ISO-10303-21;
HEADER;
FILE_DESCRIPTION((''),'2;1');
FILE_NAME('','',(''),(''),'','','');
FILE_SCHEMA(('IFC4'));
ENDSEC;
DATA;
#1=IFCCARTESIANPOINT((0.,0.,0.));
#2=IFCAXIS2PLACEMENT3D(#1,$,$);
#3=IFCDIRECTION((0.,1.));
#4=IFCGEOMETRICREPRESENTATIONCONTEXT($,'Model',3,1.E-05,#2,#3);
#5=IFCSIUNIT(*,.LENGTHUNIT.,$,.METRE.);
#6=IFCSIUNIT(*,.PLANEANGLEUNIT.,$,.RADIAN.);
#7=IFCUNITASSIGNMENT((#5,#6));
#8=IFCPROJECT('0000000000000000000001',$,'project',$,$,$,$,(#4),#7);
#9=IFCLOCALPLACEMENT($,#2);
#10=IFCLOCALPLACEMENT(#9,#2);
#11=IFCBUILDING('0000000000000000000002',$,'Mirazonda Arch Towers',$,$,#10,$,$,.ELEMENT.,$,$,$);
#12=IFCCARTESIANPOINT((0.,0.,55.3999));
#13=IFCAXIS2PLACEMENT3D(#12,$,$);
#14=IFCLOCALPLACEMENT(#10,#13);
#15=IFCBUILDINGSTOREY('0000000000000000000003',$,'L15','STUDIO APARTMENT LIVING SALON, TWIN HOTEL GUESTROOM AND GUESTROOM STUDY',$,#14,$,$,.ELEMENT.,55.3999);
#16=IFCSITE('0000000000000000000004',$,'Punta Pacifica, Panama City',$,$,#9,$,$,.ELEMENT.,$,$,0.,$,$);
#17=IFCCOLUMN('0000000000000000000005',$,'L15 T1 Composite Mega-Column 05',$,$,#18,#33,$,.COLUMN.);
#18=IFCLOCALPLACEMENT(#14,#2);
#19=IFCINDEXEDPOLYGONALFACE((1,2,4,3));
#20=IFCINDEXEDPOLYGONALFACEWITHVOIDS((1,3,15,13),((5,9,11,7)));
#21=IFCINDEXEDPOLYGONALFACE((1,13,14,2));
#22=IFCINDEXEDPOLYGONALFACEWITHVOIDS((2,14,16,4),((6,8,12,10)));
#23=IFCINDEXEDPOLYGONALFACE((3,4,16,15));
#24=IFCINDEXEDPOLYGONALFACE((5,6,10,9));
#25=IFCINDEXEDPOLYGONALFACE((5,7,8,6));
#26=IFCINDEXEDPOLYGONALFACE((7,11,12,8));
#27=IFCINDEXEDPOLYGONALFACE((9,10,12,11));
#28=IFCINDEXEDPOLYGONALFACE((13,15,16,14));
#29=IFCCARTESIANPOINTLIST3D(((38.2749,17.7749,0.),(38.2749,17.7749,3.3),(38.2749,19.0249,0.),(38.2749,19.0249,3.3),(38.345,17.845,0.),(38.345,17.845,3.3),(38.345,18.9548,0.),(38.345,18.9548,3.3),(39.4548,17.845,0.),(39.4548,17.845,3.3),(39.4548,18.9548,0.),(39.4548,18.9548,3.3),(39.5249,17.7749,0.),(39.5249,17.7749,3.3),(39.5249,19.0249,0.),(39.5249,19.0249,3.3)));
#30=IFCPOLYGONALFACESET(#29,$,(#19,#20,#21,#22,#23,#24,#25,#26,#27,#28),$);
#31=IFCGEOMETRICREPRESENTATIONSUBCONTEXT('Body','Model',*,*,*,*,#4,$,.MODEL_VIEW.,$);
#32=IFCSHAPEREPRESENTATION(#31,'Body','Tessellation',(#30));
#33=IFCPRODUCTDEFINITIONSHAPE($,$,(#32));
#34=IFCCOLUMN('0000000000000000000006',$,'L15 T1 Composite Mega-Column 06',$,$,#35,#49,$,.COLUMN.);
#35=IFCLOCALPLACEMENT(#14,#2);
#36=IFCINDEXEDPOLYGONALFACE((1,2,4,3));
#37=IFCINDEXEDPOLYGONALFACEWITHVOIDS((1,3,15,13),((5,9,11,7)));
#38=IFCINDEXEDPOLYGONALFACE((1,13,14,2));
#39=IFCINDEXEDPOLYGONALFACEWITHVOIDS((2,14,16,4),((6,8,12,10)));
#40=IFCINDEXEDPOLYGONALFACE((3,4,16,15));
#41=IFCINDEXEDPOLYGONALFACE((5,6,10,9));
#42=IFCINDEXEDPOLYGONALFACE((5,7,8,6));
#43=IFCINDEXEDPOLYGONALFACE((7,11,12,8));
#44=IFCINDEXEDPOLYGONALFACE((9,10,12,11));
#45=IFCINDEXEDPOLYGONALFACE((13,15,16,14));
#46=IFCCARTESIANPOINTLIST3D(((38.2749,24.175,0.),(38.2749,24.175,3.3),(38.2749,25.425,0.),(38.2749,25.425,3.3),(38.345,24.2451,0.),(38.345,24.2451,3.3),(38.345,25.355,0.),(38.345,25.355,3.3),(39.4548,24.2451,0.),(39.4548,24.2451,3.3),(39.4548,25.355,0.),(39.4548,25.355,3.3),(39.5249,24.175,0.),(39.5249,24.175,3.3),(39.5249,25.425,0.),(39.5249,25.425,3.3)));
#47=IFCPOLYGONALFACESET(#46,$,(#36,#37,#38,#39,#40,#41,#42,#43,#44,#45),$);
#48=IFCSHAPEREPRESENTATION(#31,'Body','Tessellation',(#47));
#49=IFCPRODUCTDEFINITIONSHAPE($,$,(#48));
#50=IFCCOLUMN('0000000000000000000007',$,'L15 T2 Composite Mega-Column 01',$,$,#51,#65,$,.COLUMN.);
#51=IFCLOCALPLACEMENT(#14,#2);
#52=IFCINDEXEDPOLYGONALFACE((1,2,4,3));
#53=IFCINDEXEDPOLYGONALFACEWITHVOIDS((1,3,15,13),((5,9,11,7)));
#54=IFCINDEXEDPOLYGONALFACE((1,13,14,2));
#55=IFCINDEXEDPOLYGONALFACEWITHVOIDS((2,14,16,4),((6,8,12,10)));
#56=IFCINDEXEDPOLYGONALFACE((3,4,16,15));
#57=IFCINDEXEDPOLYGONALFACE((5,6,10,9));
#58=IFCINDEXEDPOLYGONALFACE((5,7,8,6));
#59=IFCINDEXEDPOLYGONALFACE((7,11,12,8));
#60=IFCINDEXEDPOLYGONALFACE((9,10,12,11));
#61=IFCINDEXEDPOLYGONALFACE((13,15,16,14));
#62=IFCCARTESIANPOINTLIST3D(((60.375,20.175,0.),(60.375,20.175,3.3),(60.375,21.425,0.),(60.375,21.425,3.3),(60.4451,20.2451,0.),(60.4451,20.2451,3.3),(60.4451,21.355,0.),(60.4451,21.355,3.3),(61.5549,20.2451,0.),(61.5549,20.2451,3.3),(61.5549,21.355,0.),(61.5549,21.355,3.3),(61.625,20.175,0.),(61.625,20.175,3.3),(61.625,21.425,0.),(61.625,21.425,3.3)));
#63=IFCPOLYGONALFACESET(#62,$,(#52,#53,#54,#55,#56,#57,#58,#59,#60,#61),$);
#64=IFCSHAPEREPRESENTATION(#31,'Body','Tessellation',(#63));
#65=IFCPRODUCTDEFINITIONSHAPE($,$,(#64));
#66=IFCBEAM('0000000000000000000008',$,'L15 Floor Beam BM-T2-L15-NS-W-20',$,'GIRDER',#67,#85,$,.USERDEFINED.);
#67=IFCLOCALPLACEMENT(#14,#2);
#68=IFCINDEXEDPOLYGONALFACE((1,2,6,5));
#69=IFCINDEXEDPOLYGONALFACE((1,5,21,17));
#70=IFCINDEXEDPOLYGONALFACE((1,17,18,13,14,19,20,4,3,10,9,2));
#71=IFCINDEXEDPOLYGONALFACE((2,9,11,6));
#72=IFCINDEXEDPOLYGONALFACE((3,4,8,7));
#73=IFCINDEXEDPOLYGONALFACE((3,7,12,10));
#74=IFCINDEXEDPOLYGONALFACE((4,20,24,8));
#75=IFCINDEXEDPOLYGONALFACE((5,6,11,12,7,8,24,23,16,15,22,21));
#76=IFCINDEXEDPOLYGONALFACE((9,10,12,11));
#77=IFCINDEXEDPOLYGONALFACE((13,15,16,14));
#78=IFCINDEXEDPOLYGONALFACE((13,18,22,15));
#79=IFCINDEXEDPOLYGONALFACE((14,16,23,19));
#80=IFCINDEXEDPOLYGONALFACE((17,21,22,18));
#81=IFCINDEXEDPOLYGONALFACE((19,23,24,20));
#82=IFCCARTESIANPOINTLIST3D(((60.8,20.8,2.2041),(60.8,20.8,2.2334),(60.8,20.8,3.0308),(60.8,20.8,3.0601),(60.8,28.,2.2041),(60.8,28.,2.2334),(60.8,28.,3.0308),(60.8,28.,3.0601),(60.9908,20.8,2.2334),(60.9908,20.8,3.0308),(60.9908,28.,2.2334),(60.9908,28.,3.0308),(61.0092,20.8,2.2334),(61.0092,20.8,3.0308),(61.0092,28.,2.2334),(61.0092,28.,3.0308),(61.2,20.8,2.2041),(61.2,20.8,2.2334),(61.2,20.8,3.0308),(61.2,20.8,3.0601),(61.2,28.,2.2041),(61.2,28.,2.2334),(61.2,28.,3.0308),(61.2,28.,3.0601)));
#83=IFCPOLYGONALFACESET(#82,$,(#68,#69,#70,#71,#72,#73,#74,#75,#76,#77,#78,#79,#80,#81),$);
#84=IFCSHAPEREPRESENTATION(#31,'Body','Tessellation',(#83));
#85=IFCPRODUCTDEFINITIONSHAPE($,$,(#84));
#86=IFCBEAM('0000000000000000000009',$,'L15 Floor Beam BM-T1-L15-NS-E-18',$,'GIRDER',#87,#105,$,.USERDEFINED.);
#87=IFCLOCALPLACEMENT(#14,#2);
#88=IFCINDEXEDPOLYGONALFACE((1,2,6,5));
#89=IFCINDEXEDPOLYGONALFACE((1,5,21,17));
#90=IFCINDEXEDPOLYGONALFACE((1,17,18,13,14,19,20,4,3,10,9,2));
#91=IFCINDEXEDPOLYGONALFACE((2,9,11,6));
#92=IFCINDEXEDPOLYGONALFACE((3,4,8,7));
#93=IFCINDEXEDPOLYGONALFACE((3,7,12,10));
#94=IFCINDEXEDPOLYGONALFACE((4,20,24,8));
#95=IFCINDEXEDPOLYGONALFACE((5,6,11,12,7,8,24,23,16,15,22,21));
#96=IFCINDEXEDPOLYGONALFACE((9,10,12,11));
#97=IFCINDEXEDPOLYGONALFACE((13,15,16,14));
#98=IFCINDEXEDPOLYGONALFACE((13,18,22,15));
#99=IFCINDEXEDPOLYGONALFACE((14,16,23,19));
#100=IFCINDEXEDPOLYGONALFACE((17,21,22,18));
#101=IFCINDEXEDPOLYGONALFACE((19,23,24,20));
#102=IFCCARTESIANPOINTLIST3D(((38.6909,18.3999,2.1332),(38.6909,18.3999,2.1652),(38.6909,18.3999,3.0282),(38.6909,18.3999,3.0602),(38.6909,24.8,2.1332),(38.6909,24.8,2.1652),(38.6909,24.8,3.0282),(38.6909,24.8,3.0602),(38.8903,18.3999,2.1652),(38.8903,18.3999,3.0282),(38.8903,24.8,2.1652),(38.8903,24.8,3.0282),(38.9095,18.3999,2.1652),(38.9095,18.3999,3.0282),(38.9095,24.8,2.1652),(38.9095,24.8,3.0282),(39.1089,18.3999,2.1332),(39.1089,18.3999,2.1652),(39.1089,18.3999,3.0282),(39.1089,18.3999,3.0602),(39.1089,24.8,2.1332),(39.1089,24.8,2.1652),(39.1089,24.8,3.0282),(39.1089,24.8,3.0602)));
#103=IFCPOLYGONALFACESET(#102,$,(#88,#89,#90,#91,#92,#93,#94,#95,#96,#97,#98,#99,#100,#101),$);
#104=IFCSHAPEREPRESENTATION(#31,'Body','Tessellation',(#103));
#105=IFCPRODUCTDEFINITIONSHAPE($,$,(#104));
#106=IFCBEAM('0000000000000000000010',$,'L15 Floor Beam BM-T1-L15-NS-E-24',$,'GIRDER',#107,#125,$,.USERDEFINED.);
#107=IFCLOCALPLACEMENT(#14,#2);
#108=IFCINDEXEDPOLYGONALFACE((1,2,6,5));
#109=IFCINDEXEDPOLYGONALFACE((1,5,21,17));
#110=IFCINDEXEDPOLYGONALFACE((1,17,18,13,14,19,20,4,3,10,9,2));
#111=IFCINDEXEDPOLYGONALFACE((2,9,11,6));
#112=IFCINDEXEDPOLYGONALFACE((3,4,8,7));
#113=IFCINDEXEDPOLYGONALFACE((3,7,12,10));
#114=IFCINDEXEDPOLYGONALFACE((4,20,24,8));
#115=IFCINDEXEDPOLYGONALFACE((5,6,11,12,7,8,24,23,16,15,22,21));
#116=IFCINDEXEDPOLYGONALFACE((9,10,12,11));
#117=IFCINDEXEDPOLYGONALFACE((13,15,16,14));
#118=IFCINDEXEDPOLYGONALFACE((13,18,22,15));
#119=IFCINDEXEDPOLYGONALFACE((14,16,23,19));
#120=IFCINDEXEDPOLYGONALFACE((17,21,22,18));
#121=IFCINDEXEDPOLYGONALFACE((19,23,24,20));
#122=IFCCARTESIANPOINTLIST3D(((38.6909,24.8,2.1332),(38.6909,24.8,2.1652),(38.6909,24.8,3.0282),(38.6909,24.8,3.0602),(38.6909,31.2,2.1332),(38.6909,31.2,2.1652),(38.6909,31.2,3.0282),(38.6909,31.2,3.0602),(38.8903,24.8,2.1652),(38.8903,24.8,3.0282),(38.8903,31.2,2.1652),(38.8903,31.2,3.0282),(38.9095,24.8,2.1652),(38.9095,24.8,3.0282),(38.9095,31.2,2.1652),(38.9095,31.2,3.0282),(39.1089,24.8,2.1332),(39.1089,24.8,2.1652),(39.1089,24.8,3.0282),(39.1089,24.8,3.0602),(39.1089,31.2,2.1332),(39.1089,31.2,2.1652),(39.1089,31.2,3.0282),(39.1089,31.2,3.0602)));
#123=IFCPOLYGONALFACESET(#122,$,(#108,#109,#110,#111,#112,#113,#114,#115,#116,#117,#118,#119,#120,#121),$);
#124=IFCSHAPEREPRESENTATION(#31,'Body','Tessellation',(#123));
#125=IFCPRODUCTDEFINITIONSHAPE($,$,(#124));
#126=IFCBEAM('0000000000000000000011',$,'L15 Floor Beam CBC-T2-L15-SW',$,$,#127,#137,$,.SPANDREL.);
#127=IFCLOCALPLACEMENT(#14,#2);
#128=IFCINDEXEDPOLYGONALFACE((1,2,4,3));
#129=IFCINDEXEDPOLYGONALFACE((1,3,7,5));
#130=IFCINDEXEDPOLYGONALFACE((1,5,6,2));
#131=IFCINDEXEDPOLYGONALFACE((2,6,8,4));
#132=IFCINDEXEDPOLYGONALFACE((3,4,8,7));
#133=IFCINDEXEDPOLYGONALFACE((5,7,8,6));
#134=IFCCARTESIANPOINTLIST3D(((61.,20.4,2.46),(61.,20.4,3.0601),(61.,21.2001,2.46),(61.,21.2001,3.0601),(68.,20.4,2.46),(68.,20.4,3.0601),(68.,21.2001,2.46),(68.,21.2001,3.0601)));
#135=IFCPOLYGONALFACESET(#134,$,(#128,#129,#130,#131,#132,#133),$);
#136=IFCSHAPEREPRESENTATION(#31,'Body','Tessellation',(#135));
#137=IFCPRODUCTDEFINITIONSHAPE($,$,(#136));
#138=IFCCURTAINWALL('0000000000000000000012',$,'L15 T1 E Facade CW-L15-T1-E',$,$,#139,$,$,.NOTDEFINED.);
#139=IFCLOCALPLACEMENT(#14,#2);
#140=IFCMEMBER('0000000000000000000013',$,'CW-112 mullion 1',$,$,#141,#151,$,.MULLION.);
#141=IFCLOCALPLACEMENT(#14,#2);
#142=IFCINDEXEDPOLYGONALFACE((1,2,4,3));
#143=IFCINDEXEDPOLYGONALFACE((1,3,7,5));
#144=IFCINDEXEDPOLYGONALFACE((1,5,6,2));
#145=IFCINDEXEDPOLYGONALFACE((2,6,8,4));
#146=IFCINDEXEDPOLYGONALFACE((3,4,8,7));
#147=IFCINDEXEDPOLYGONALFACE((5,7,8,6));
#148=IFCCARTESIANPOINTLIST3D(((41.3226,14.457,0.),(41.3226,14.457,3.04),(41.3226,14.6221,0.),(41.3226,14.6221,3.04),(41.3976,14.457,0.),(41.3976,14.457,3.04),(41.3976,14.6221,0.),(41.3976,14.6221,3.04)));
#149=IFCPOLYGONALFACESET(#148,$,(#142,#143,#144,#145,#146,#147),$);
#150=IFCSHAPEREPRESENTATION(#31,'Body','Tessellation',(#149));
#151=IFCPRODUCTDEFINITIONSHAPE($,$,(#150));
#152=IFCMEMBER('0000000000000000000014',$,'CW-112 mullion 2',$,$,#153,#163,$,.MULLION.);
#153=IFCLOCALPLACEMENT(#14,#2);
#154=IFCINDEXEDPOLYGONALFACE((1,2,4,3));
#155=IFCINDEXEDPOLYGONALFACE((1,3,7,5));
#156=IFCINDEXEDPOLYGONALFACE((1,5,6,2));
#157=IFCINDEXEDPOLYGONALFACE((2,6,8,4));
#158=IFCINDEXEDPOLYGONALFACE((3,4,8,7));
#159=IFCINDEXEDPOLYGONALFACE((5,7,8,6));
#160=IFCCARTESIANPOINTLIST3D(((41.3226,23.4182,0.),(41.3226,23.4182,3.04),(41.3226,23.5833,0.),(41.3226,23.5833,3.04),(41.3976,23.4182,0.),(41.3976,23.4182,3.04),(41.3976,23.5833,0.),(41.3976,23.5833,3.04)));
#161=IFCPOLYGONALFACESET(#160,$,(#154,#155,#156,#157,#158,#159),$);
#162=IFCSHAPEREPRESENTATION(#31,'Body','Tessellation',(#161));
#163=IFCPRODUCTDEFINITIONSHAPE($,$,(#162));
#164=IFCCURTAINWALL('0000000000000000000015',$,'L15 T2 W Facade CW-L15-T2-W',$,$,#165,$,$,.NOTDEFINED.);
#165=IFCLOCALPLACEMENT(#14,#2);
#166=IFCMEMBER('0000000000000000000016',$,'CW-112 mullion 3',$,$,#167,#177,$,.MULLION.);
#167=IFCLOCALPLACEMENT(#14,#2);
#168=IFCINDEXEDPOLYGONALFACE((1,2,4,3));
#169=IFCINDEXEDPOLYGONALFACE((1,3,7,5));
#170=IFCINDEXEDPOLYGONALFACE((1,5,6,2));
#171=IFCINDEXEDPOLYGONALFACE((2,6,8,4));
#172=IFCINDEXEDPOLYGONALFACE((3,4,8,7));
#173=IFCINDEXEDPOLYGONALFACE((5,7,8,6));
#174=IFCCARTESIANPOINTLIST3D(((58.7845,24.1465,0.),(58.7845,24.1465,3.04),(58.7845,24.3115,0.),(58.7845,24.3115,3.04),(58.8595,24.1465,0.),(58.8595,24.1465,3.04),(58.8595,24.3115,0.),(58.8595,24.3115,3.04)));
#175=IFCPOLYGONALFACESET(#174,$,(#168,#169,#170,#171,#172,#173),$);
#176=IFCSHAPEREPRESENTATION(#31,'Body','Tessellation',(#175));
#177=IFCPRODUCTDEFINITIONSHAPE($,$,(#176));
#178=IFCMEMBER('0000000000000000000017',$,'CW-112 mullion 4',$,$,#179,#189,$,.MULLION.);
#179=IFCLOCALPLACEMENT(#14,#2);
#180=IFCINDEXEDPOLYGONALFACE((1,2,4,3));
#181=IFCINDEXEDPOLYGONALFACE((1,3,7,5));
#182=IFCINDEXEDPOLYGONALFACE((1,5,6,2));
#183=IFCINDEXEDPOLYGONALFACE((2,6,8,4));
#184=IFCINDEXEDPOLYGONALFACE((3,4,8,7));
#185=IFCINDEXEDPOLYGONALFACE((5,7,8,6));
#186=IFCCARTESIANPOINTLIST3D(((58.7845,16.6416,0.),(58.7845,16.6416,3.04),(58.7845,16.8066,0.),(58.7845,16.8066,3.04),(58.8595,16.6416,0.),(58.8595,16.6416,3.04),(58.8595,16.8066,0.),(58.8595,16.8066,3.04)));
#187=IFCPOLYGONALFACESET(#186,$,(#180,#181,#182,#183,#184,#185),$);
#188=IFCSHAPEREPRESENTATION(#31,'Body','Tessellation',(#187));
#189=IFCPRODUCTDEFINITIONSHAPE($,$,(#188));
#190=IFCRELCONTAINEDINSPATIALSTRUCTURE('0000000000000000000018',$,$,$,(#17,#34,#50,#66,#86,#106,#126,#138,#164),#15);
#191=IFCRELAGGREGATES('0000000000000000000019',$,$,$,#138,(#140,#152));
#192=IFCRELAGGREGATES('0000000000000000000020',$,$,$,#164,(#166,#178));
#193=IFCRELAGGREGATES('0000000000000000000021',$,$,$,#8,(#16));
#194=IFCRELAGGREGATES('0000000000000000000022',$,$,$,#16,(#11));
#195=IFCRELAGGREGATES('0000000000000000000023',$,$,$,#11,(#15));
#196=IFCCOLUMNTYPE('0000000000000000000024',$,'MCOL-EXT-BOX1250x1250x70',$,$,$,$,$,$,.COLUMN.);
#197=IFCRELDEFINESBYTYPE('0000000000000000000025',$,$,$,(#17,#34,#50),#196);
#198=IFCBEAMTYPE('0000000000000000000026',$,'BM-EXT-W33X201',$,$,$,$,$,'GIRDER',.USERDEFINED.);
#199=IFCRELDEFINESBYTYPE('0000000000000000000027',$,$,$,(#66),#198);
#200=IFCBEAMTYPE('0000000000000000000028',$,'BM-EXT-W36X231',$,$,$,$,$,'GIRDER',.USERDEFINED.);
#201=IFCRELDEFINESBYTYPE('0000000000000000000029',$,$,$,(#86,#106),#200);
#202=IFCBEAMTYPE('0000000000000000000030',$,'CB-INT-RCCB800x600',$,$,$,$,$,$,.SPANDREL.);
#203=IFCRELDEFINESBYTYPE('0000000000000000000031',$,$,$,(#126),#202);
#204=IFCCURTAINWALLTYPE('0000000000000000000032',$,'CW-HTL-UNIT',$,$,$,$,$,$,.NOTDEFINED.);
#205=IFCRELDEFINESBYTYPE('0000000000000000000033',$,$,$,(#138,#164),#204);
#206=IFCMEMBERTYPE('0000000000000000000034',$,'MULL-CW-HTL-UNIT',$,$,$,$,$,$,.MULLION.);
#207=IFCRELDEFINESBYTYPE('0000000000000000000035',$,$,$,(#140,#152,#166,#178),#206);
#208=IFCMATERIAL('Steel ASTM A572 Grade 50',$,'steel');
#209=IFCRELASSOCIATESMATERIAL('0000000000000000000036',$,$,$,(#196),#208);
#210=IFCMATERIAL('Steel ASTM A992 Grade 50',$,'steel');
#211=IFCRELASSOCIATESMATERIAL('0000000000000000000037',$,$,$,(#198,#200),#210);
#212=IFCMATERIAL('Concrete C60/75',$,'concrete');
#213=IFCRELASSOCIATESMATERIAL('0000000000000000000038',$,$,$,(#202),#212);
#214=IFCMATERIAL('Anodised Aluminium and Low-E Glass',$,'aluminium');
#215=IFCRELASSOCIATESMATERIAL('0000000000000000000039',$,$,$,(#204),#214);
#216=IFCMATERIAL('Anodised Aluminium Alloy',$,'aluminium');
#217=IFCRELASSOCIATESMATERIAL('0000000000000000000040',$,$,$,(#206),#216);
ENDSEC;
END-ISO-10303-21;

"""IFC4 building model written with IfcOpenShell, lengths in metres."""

from ifc_helpers import new_model, si_unit, direction, frame, origin, origin_2d, place, context, subcontext, project, spatial, rectangle, hollow_rectangle, i_section, extrude, material, material_profile, profile_set, type_object, element, aggregate, save


model = new_model("IFC4")

# Units and contexts
model_context = context("Model", 3, precision=1e-05, world=origin(), true_north=direction((0.0, 1.0)))
body_context = subcontext(model_context, "Body", "Model", "MODEL_VIEW")
ifc_project = project(units=[si_unit("LENGTHUNIT", "METRE"), si_unit("PLANEANGLEUNIT", "RADIAN")], contexts=[model_context])

# Site, building, storey
site_placement = place(None, origin())
site = spatial("IfcSite", under=ifc_project, at=site_placement, Name="Punta Pacifica, Panama City", CompositionType="ELEMENT", RefElevation=0.0)
building_placement = place(site_placement, origin())
building = spatial("IfcBuilding", under=site, at=building_placement, Name="Mirazonda Arch Towers", CompositionType="ELEMENT")
storey_placement = place(building_placement, frame((0.0, 0.0, 55.3999)))
storey = spatial("IfcBuildingStorey", under=building, at=storey_placement, Name="L15", Description="STUDIO APARTMENT LIVING SALON, TWIN HOTEL GUESTROOM AND GUESTROOM STUDY", CompositionType="ELEMENT", Elevation=55.3999)

# Columns
ifc_material_1 = material(Name="Steel ASTM A572 Grade 50", Category="steel")
ifc_material_profile_1 = material_profile(ifc_material_1, hollow_rectangle(XDim=1.25, YDim=1.25, WallThickness=0.0701, at=origin_2d()), Name="BOX1250x1250x70")
ifc_profile_set_1 = profile_set([ifc_material_profile_1], Name="Steel ASTM A572 Grade 50")
column_type = type_object("IfcColumnType", Name="MCOL-EXT-BOX1250x1250x70", PredefinedType="COLUMN", material=ifc_profile_set_1)
for number, where, z_axis, x_axis, name in (
    (1, (38.8999, 18.3999, 0.0), (0.0, 0.0, 1.0), (1.0, 0.0, 0.0), "L15 T1 Composite Mega-Column 05"),
    (2, (38.8999, 24.8, 0.0), (0.0, 0.0, 1.0), (1.0, 0.0, 0.0), "L15 T1 Composite Mega-Column 06"),
    (3, (61.0, 20.8, 0.0), (0.0, 0.0, 1.0), (1.0, 0.0, 0.0), "L15 T2 Composite Mega-Column 01"),
):
    element("IfcColumn", number, at=place(storey_placement, frame(where, z_axis=z_axis, x_axis=x_axis)), inside=storey, type_object=column_type, Name=name, PredefinedType="COLUMN", context=body_context, shape_type="SweptSolid", body=[
        extrude(hollow_rectangle(XDim=1.25, YDim=1.25, WallThickness=0.0701, at=origin_2d()), origin(), (0.0, 0.0, 1.0), 3.3),
    ])

# Beams
ifc_material_2 = material(Name="Steel ASTM A992 Grade 50", Category="steel")
ifc_material_profile_2 = material_profile(ifc_material_2, i_section(OverallWidth=0.3999, OverallDepth=0.856, WebThickness=0.0183, FlangeThickness=0.0293, at=origin_2d()), Name="W33X201")
ifc_profile_set_2 = profile_set([ifc_material_profile_2], Name="Steel ASTM A992 Grade 50")
beam_type_1 = type_object("IfcBeamType", Name="BM-EXT-W33X201", ElementType="GIRDER", PredefinedType="USERDEFINED", material=ifc_profile_set_2)
beam_1_placement = place(storey_placement, frame((61.0, 20.8, 2.6321), z_axis=(0.0, 1.0, 0.0), x_axis=(-1.0, 0.0, 0.0)))
element("IfcBeam", 4, at=beam_1_placement, inside=storey, type_object=beam_type_1, Name="L15 Floor Beam BM-T2-L15-NS-W-20", ObjectType="GIRDER", PredefinedType="USERDEFINED", context=body_context, shape_type="SweptSolid", body=[
    extrude(i_section(OverallWidth=0.3999, OverallDepth=0.856, WebThickness=0.0183, FlangeThickness=0.0293, at=origin_2d()), origin(), (0.0, 0.0, 1.0), 7.2),
])
ifc_material_profile_3 = material_profile(ifc_material_2, i_section(OverallWidth=0.418, OverallDepth=0.927, WebThickness=0.0193, FlangeThickness=0.032, at=origin_2d()), Name="W36X231")
ifc_profile_set_3 = profile_set([ifc_material_profile_3], Name="Steel ASTM A992 Grade 50")
beam_type_2 = type_object("IfcBeamType", Name="BM-EXT-W36X231", ElementType="GIRDER", PredefinedType="USERDEFINED", material=ifc_profile_set_3)
beam_2_placement = place(storey_placement, frame((38.8999, 18.3999, 2.5967), z_axis=(0.0, 1.0, 0.0), x_axis=(-1.0, 0.0, 0.0)))
element("IfcBeam", 5, at=beam_2_placement, inside=storey, type_object=beam_type_2, Name="L15 Floor Beam BM-T1-L15-NS-E-18", ObjectType="GIRDER", PredefinedType="USERDEFINED", context=body_context, shape_type="SweptSolid", body=[
    extrude(i_section(OverallWidth=0.418, OverallDepth=0.927, WebThickness=0.0193, FlangeThickness=0.032, at=origin_2d()), origin(), (0.0, 0.0, 1.0), 6.4001),
])
beam_3_placement = place(storey_placement, frame((38.8999, 24.8, 2.5967), z_axis=(0.0, 1.0, 0.0), x_axis=(-1.0, 0.0, 0.0)))
element("IfcBeam", 6, at=beam_3_placement, inside=storey, type_object=beam_type_2, Name="L15 Floor Beam BM-T1-L15-NS-E-24", ObjectType="GIRDER", PredefinedType="USERDEFINED", context=body_context, shape_type="SweptSolid", body=[
    extrude(i_section(OverallWidth=0.418, OverallDepth=0.927, WebThickness=0.0193, FlangeThickness=0.032, at=origin_2d()), origin(), (0.0, 0.0, 1.0), 6.3999),
])
ifc_material_3 = material(Name="Concrete C60/75", Category="concrete")
ifc_material_profile_4 = material_profile(ifc_material_3, rectangle(XDim=0.8, YDim=0.6001, at=origin_2d()), Name="RCCB800x600")
ifc_profile_set_4 = profile_set([ifc_material_profile_4], Name="Concrete C60/75")
beam_type_3 = type_object("IfcBeamType", Name="CB-INT-RCCB800x600", PredefinedType="SPANDREL", material=ifc_profile_set_4)
beam_4_placement = place(storey_placement, frame((61.0, 20.8, 2.76), z_axis=(1.0, 0.0, 0.0), x_axis=(0.0, 1.0, 0.0)))
element("IfcBeam", 7, at=beam_4_placement, inside=storey, type_object=beam_type_3, Name="L15 Floor Beam CBC-T2-L15-SW", PredefinedType="SPANDREL", context=body_context, shape_type="SweptSolid", body=[
    extrude(rectangle(XDim=0.8, YDim=0.6001, at=origin_2d()), origin(), (0.0, 0.0, 1.0), 7.0),
])

# Curtain walls, members
ifc_material_4 = material(Name="Anodised Aluminium and Low-E Glass", Category="aluminium")
curtain_wall_type = type_object("IfcCurtainWallType", Name="CW-HTL-UNIT", PredefinedType="NOTDEFINED", material=ifc_material_4)
curtain_wall_1_placement = place(storey_placement, origin())
curtain_wall_1 = element("IfcCurtainWall", 8, at=curtain_wall_1_placement, inside=storey, type_object=curtain_wall_type, Name="L15 T1 E Facade CW-L15-T1-E", PredefinedType="NOTDEFINED")
ifc_material_5 = material(Name="Anodised Aluminium Alloy", Category="aluminium")
ifc_material_profile_5 = material_profile(ifc_material_5, rectangle(XDim=0.075, YDim=0.165, at=origin_2d()), Name="ALU-MULL-75x165")
ifc_profile_set_5 = profile_set([ifc_material_profile_5], Name="Anodised Aluminium Alloy")
member_type_1 = type_object("IfcMemberType", Name="MULL-CW-HTL-UNIT", PredefinedType="MULLION", material=ifc_profile_set_5)
member_1_placement = place(storey_placement, frame((41.3601, 14.5396, 0.0), z_axis=(0.0, 0.0, 1.0), x_axis=(-1.0, 0.0, 0.0)))
member_1 = element("IfcMember", 9, at=member_1_placement, type_object=member_type_1, Name="CW-112 mullion 1", PredefinedType="MULLION", context=body_context, shape_type="SweptSolid", body=[
    extrude(rectangle(XDim=0.075, YDim=0.165, at=origin_2d()), origin(), (0.0, 0.0, 1.0), 3.04),
])
member_2_placement = place(storey_placement, frame((41.3601, 23.5007, 0.0), z_axis=(0.0, 0.0, 1.0), x_axis=(-1.0, 0.0, 0.0)))
member_2 = element("IfcMember", 10, at=member_2_placement, type_object=member_type_1, Name="CW-112 mullion 2", PredefinedType="MULLION", context=body_context, shape_type="SweptSolid", body=[
    extrude(rectangle(XDim=0.075, YDim=0.165, at=origin_2d()), origin(), (0.0, 0.0, 1.0), 3.04),
])
curtain_wall_2_placement = place(storey_placement, origin())
curtain_wall_2 = element("IfcCurtainWall", 11, at=curtain_wall_2_placement, inside=storey, type_object=curtain_wall_type, Name="L15 T2 W Facade CW-L15-T2-W", PredefinedType="NOTDEFINED")
member_3_placement = place(storey_placement, frame((58.822, 24.229, 0.0), z_axis=(0.0, 0.0, 1.0), x_axis=(1.0, 0.0, 0.0)))
member_3 = element("IfcMember", 12, at=member_3_placement, type_object=member_type_1, Name="CW-112 mullion 3", PredefinedType="MULLION", context=body_context, shape_type="SweptSolid", body=[
    extrude(rectangle(XDim=0.075, YDim=0.165, at=origin_2d()), origin(), (0.0, 0.0, 1.0), 3.04),
])
member_4_placement = place(storey_placement, frame((58.822, 16.7241, 0.0), z_axis=(0.0, 0.0, 1.0), x_axis=(1.0, 0.0, 0.0)))
member_4 = element("IfcMember", 13, at=member_4_placement, type_object=member_type_1, Name="CW-112 mullion 4", PredefinedType="MULLION", context=body_context, shape_type="SweptSolid", body=[
    extrude(rectangle(XDim=0.075, YDim=0.165, at=origin_2d()), origin(), (0.0, 0.0, 1.0), 3.04),
])

aggregate(curtain_wall_1, [member_1, member_2])
aggregate(curtain_wall_2, [member_3, member_4])

save(model, "model.ifc")
